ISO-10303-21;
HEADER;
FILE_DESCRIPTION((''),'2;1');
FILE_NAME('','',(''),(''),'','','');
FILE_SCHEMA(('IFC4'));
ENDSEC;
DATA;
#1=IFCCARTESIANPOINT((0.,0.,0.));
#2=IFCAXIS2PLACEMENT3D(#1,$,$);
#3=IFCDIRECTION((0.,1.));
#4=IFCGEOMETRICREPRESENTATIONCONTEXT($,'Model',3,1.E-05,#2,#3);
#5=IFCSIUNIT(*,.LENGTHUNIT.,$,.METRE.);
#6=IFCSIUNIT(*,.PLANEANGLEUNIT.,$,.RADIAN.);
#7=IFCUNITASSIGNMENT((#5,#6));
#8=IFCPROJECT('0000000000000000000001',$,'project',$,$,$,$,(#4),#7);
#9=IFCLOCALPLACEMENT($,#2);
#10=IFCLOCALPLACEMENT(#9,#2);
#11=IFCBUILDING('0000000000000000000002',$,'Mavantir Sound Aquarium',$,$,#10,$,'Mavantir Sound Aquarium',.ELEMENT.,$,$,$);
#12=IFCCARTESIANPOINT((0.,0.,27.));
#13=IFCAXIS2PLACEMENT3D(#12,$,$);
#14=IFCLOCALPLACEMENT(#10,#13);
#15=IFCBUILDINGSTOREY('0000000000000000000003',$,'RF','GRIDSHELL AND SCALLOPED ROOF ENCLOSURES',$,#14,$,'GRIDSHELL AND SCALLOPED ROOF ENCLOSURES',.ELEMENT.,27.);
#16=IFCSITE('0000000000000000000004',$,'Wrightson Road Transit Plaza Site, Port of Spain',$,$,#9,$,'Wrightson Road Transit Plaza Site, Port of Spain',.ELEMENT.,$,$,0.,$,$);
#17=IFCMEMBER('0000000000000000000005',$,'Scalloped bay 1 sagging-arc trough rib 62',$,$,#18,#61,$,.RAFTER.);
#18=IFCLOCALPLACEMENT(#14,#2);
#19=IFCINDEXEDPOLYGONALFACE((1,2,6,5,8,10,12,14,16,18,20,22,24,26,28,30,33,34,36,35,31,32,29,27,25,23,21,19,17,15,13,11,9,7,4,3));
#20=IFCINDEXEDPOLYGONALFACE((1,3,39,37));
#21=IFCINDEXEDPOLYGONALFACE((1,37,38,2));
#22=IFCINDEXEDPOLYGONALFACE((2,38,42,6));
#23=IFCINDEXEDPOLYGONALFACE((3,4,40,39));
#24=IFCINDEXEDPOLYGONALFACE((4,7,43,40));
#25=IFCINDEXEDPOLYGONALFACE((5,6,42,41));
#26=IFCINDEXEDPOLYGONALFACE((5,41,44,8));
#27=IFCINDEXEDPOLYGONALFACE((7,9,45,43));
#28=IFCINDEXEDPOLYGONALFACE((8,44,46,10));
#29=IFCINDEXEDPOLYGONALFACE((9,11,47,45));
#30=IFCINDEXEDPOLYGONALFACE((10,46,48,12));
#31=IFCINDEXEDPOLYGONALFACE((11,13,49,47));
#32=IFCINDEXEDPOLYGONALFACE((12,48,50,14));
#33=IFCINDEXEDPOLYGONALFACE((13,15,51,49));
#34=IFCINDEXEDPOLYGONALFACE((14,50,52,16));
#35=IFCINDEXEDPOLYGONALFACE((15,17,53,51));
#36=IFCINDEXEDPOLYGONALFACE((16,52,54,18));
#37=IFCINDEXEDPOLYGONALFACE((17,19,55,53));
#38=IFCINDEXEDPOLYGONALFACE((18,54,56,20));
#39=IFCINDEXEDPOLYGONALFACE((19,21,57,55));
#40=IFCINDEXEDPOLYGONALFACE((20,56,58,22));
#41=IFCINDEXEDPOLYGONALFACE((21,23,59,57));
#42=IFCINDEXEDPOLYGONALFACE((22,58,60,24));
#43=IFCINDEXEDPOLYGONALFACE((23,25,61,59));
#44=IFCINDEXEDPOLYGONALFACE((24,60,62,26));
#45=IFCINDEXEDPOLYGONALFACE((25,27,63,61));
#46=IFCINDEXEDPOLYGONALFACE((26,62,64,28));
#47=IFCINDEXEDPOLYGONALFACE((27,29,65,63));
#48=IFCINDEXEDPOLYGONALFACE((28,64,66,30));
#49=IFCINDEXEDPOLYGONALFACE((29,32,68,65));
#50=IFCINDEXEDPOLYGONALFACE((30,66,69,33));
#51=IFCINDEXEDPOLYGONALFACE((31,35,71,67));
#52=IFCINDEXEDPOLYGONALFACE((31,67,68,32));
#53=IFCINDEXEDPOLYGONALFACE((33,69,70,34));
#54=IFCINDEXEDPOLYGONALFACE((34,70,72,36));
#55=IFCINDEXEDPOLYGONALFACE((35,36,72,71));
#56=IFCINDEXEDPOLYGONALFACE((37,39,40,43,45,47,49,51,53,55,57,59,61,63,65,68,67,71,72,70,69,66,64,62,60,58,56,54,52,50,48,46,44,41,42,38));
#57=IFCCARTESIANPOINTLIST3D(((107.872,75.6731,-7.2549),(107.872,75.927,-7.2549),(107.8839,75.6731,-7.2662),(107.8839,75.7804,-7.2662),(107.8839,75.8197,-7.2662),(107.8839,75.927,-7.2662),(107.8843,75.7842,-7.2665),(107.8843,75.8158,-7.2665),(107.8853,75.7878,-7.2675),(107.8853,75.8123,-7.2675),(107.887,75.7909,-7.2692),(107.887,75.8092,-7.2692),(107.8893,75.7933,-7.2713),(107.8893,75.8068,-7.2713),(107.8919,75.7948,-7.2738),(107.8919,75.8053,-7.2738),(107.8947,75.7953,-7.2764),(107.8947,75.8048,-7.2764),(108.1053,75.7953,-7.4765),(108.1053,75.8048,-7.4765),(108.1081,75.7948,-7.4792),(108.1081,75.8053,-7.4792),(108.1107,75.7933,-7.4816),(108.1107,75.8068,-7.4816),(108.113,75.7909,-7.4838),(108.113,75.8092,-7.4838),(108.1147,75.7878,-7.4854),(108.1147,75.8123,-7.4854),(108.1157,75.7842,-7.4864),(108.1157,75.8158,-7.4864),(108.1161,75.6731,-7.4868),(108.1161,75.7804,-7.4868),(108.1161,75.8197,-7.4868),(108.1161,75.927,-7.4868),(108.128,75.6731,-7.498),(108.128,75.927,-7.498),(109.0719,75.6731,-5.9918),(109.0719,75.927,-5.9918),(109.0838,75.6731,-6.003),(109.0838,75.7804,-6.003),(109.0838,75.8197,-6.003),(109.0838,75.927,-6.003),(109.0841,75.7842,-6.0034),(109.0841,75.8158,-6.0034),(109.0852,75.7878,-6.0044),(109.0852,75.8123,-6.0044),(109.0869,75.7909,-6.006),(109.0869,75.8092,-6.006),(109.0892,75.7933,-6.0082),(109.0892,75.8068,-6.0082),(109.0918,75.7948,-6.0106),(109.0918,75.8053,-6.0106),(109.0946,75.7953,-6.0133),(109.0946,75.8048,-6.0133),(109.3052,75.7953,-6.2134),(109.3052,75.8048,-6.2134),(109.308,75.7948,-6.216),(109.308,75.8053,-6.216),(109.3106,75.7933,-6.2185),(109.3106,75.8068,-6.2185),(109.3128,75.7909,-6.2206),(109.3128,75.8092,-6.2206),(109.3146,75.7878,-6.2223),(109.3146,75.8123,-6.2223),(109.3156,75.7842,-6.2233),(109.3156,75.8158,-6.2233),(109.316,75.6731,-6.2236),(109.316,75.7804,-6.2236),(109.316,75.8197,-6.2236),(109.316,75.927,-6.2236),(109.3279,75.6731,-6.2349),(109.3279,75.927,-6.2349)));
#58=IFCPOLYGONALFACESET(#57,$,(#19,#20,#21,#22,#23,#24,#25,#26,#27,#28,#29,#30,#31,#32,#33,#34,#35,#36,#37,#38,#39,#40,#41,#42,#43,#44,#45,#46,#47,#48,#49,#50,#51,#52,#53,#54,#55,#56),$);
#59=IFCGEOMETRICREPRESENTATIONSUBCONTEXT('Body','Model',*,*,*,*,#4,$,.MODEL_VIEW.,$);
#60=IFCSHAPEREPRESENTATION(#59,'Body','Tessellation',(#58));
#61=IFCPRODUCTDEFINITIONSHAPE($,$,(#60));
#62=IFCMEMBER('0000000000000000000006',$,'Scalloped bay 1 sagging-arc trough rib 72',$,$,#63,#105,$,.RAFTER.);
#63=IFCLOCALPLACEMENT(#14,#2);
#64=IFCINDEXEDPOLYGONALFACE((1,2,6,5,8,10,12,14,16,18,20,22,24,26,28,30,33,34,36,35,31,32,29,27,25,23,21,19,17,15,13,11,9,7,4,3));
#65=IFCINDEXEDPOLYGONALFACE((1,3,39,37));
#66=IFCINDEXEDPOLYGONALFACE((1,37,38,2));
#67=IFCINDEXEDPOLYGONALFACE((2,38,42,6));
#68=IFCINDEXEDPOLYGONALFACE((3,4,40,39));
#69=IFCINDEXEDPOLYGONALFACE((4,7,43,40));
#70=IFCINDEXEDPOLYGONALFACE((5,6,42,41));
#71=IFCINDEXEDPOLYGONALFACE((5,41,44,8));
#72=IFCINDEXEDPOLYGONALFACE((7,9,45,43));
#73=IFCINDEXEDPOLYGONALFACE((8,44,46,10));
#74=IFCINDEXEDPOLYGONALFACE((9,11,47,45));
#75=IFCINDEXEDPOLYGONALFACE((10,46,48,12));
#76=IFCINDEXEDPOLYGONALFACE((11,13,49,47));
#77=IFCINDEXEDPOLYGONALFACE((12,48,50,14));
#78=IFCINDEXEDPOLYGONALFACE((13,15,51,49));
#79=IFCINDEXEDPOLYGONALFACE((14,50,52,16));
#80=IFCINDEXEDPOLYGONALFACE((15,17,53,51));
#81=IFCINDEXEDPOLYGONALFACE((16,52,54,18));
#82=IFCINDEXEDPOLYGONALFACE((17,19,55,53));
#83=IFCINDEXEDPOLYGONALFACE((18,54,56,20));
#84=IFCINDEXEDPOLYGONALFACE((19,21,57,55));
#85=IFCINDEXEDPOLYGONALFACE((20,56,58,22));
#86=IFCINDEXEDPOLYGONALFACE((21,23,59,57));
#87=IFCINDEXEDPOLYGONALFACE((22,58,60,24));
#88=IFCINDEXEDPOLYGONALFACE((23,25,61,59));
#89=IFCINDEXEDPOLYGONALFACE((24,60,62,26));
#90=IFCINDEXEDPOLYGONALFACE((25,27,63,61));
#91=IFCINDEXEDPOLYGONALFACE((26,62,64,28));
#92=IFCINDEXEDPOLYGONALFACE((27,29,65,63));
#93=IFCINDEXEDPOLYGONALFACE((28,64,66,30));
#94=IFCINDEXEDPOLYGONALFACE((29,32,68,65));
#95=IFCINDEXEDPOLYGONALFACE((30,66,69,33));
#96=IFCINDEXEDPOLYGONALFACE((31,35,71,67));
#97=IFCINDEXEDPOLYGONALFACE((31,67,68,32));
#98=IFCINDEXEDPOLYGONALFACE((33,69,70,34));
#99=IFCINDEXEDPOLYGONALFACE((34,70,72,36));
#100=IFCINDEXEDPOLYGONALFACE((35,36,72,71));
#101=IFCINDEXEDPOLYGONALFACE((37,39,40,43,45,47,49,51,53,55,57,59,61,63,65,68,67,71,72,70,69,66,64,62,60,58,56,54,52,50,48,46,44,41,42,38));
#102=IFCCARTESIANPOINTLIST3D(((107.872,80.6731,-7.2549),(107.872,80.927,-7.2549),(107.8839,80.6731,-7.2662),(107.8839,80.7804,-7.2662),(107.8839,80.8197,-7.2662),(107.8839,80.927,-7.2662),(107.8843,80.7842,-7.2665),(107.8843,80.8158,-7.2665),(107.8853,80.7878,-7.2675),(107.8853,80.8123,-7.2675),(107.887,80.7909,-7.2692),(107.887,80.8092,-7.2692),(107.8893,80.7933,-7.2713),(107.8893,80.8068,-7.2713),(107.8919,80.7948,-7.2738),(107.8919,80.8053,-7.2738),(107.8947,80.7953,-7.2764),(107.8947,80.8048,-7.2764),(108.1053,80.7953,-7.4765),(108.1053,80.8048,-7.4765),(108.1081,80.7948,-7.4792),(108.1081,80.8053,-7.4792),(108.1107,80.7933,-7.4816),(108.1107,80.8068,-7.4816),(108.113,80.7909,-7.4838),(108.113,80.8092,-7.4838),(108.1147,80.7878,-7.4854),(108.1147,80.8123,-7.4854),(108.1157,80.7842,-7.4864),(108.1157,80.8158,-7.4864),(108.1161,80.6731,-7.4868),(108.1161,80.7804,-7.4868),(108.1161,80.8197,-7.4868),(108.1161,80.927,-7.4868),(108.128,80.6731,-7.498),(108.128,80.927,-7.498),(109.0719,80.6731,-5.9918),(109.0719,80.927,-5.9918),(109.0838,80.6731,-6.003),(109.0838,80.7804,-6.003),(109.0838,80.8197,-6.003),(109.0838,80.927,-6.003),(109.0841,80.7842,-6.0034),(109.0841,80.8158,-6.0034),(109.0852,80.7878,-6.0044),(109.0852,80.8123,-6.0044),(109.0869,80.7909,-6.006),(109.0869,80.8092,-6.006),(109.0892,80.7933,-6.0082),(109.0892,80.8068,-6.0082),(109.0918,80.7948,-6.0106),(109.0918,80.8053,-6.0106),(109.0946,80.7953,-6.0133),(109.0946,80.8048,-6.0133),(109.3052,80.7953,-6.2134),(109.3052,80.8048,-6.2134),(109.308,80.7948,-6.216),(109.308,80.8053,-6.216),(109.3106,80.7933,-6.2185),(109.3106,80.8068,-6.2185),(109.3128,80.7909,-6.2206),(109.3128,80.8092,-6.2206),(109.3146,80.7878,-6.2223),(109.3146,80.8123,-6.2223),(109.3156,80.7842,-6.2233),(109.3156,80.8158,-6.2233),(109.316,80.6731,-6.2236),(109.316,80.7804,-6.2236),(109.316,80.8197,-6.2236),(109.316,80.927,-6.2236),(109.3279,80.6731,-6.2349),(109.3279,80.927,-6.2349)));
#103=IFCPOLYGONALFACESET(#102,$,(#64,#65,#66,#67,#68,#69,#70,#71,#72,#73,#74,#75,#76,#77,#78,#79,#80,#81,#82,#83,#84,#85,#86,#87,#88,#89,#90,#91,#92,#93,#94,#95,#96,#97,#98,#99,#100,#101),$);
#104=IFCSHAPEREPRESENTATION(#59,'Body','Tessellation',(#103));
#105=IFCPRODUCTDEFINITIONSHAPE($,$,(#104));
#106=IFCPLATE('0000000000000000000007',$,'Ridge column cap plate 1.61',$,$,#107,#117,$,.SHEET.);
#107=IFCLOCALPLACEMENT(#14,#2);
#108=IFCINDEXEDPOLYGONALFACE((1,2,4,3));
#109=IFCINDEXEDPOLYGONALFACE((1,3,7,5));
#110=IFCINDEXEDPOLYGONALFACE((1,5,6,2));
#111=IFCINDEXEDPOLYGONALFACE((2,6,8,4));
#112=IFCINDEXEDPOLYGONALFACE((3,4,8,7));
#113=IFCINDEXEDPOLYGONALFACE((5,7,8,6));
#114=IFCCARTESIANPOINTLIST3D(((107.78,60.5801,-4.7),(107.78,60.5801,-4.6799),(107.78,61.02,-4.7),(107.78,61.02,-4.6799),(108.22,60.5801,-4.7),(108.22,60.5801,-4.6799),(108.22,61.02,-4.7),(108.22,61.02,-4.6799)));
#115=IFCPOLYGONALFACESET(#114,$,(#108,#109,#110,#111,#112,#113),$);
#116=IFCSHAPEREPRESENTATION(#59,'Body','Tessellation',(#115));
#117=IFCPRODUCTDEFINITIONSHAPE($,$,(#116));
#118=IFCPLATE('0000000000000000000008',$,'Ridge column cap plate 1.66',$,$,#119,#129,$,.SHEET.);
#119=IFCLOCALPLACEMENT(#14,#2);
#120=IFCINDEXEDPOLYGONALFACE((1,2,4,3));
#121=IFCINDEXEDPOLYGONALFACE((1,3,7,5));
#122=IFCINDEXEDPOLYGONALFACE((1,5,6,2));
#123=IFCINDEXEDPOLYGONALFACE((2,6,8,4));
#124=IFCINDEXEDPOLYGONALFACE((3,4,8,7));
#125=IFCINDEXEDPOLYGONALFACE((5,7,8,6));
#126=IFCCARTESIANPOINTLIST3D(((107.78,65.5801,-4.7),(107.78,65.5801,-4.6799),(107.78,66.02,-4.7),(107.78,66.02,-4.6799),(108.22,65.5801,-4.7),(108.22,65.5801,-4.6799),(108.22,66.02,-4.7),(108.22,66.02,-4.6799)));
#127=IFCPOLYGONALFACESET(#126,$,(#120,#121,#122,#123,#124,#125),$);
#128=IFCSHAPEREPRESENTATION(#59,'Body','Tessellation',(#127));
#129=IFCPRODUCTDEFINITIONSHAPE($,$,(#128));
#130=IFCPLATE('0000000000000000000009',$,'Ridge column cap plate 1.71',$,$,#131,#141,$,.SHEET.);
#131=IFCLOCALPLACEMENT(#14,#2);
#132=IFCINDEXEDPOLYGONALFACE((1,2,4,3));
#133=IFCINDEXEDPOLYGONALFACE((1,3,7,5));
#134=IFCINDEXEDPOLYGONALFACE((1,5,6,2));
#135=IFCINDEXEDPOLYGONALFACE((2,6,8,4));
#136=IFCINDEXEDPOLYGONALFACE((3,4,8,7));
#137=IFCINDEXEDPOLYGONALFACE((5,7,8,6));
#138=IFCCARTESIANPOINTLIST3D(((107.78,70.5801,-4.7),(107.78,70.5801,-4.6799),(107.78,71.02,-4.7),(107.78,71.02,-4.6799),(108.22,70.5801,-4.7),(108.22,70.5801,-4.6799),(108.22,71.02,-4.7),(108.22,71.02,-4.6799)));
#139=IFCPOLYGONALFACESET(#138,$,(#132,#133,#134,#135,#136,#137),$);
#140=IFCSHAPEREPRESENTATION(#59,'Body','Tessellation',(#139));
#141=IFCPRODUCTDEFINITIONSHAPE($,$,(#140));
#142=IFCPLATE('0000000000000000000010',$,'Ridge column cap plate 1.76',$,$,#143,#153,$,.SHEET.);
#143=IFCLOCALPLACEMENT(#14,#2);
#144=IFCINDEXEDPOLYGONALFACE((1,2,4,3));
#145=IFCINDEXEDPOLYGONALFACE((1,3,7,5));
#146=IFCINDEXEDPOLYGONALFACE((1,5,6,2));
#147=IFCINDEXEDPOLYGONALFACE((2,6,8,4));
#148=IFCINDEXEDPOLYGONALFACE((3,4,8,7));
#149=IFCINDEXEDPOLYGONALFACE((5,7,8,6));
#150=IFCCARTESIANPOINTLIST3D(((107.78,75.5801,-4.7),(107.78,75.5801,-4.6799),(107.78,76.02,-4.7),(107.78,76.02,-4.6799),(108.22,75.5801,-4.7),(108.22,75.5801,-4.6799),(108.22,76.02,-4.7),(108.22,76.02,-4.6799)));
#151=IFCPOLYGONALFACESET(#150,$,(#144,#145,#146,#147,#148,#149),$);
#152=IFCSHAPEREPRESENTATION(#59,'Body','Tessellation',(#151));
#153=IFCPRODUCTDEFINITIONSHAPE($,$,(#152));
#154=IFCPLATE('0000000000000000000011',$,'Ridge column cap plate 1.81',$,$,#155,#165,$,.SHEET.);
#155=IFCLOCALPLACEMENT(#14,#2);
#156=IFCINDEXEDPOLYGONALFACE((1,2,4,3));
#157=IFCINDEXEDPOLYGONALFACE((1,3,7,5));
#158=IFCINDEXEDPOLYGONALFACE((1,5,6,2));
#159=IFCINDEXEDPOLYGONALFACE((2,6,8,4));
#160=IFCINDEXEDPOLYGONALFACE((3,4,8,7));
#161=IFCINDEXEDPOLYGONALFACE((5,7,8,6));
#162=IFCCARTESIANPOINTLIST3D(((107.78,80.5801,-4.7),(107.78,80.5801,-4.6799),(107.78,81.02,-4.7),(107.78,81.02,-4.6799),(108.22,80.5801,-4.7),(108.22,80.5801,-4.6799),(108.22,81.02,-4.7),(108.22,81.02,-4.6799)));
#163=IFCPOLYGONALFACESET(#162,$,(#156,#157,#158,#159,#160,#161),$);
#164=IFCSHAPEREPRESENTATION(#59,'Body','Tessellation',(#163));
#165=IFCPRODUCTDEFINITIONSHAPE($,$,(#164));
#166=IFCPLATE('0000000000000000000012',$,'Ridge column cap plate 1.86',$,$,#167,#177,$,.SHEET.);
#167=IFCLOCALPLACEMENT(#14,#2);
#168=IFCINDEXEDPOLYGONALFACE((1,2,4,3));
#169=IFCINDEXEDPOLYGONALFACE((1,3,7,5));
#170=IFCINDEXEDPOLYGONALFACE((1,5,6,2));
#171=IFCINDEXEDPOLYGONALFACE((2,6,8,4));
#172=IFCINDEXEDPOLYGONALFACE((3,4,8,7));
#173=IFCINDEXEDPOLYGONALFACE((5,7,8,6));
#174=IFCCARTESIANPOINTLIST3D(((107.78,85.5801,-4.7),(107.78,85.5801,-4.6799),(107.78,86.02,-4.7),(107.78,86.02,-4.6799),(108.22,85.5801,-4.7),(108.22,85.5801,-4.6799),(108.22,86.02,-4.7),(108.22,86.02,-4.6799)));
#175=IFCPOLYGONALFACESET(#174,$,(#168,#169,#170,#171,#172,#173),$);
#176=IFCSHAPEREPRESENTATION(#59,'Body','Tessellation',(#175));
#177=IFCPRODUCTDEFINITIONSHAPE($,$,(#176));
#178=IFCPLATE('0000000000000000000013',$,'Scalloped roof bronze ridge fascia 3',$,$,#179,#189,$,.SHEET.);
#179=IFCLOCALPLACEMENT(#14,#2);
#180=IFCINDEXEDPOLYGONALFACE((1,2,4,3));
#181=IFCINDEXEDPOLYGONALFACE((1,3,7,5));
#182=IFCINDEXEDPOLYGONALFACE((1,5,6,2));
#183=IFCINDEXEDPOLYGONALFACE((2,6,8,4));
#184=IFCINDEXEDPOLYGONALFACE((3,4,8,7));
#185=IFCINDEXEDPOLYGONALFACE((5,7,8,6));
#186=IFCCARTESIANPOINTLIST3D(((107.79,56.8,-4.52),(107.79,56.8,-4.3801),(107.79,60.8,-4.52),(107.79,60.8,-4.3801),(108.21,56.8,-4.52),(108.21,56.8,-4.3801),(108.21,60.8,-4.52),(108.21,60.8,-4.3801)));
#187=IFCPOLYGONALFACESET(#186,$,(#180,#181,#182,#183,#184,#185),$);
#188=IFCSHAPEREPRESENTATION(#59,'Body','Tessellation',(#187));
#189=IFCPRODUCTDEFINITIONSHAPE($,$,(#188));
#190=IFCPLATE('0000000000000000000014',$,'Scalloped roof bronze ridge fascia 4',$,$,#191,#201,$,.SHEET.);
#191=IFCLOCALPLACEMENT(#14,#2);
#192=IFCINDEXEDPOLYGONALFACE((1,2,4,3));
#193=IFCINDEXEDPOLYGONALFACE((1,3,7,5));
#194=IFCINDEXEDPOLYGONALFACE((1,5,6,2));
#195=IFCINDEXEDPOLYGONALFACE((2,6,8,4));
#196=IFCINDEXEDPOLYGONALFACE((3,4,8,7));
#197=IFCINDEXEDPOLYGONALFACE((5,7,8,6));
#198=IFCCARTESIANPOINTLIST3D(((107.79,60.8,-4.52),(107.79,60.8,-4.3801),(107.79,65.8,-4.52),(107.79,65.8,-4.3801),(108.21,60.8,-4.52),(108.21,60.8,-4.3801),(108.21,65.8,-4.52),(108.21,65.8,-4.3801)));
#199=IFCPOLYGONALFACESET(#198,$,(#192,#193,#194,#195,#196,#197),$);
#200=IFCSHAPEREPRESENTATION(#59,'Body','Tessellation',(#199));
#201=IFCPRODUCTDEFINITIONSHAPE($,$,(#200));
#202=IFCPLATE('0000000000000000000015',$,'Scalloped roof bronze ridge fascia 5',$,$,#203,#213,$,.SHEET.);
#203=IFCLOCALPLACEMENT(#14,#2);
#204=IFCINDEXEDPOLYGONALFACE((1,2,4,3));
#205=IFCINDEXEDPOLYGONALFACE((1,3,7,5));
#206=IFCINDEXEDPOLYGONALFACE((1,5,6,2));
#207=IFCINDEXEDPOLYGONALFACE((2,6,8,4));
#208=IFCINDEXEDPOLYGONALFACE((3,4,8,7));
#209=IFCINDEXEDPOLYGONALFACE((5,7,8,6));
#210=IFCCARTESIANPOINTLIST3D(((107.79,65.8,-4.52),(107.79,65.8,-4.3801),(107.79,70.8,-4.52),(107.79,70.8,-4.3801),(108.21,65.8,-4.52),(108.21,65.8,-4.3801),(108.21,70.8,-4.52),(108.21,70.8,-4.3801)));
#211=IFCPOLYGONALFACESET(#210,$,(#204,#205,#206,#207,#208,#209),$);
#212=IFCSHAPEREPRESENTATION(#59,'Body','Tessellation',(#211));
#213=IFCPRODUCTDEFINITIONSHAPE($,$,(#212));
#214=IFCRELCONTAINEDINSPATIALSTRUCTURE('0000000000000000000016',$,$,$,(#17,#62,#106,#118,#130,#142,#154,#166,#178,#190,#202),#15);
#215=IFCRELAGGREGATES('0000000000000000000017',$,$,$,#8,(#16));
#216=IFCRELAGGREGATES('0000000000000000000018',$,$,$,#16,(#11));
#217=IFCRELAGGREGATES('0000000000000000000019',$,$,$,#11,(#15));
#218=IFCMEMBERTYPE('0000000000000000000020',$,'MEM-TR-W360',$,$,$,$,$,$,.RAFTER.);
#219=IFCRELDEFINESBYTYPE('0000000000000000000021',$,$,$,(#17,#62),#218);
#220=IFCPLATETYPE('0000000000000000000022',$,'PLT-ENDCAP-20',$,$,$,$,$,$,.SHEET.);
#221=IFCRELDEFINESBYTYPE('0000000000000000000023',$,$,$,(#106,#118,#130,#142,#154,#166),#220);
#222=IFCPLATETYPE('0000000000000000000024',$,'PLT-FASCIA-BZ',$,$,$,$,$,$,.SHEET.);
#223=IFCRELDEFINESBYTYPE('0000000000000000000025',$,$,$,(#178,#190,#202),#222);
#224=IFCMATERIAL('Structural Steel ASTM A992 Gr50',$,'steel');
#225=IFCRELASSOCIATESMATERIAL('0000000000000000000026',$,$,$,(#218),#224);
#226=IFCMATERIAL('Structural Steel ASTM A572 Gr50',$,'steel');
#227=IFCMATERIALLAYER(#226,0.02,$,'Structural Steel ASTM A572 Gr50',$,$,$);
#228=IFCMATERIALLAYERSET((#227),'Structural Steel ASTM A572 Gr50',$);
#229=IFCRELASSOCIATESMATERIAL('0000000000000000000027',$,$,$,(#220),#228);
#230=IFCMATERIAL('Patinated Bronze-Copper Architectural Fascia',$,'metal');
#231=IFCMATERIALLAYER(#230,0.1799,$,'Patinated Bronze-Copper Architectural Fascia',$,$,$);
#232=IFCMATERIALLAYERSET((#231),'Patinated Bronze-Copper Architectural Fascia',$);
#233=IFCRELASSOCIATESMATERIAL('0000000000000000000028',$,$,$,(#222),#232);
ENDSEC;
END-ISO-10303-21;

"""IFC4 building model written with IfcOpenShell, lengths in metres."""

from ifc_helpers import new_model, si_unit, direction, frame, origin, origin_2d, place, context, subcontext, project, spatial, rectangle, i_section, extrude, material, layer, layer_set, material_profile, profile_set, type_object, element, save


model = new_model("IFC4")

# Units and contexts
model_context = context("Model", 3, precision=1e-05, world=origin(), true_north=direction((0.0, 1.0)))
body_context = subcontext(model_context, "Body", "Model", "MODEL_VIEW")
ifc_project = project(units=[si_unit("LENGTHUNIT", "METRE"), si_unit("PLANEANGLEUNIT", "RADIAN")], contexts=[model_context])

# Site, building, storey
site_placement = place(None, origin())
site = spatial("IfcSite", under=ifc_project, at=site_placement, Name="Wrightson Road Transit Plaza Site, Port of Spain", LongName="Wrightson Road Transit Plaza Site, Port of Spain", CompositionType="ELEMENT", RefElevation=0.0)
building_placement = place(site_placement, origin())
building = spatial("IfcBuilding", under=site, at=building_placement, Name="Mavantir Sound Aquarium", LongName="Mavantir Sound Aquarium", CompositionType="ELEMENT")
storey_placement = place(building_placement, frame((0.0, 0.0, 27.0)))
storey = spatial("IfcBuildingStorey", under=building, at=storey_placement, Name="RF", Description="GRIDSHELL AND SCALLOPED ROOF ENCLOSURES", LongName="GRIDSHELL AND SCALLOPED ROOF ENCLOSURES", CompositionType="ELEMENT", Elevation=27.0)

# Shared definitions
ifc_material_1 = material(Name="Structural Steel ASTM A992 Gr50", Category="steel")

# Members
ifc_material_profile_1 = material_profile(ifc_material_1, i_section(OverallWidth=0.2539, OverallDepth=0.353, WebThickness=0.0095, FlangeThickness=0.0164, FilletRadius=0.0149, at=origin_2d()), Name="W360X91")
ifc_profile_set_1 = profile_set([ifc_material_profile_1], Name="Structural Steel ASTM A992 Gr50")
member_type = type_object("IfcMemberType", Name="MEM-TR-W360", PredefinedType="RAFTER", material=ifc_profile_set_1)
for number, where, z_axis, x_axis, name in (
    (1, (108.0, 75.8, -7.3765), (0.688727, 0.0, 0.72502), (0.0, 1.0, 0.0), "Scalloped bay 1 sagging-arc trough rib 62"),
    (2, (108.0, 80.8, -7.3765), (0.688727, 0.0, 0.72502), (0.0, 1.0, 0.0), "Scalloped bay 1 sagging-arc trough rib 72"),
):
    element("IfcMember", number, at=place(storey_placement, frame(where, z_axis=z_axis, x_axis=x_axis)), inside=storey, type_object=member_type, Name=name, PredefinedType="RAFTER", context=body_context, shape_type="SweptSolid", body=[
        extrude(i_section(OverallWidth=0.2539, OverallDepth=0.353, WebThickness=0.0095, FlangeThickness=0.0164, FilletRadius=0.0149, at=origin_2d()), origin(), (0.0, 0.0, 1.0), 1.7422),
    ])

# Plates
ifc_material_2 = material(Name="Structural Steel ASTM A572 Gr50", Category="steel")
ifc_layer_1 = layer(ifc_material_2, 0.02, Name="Structural Steel ASTM A572 Gr50")
ifc_layer_set_1 = layer_set([ifc_layer_1], Name="Structural Steel ASTM A572 Gr50")
plate_type_1 = type_object("IfcPlateType", Name="PLT-ENDCAP-20", PredefinedType="SHEET", material=ifc_layer_set_1)
for number, where, z_axis, x_axis, name in (
    (3, (108.0, 60.8, -4.7), (0.0, 0.0, 1.0), (1.0, 0.0, 0.0), "Ridge column cap plate 1.61"),
    (4, (108.0, 65.8, -4.7), (0.0, 0.0, 1.0), (1.0, 0.0, 0.0), "Ridge column cap plate 1.66"),
    (5, (108.0, 70.8, -4.7), (0.0, 0.0, 1.0), (1.0, 0.0, 0.0), "Ridge column cap plate 1.71"),
    (6, (108.0, 75.8, -4.7), (0.0, 0.0, 1.0), (1.0, 0.0, 0.0), "Ridge column cap plate 1.76"),
    (7, (108.0, 80.8, -4.7), (0.0, 0.0, 1.0), (1.0, 0.0, 0.0), "Ridge column cap plate 1.81"),
    (8, (108.0, 85.8, -4.7), (0.0, 0.0, 1.0), (1.0, 0.0, 0.0), "Ridge column cap plate 1.86"),
):
    element("IfcPlate", number, at=place(storey_placement, frame(where, z_axis=z_axis, x_axis=x_axis)), inside=storey, type_object=plate_type_1, Name=name, PredefinedType="SHEET", context=body_context, shape_type="SweptSolid", body=[
        extrude(rectangle(XDim=0.4399, YDim=0.4399, at=origin_2d()), origin(), (0.0, 0.0, 1.0), 0.02),
    ])
ifc_material_3 = material(Name="Patinated Bronze-Copper Architectural Fascia", Category="metal")
ifc_layer_2 = layer(ifc_material_3, 0.1799, Name="Patinated Bronze-Copper Architectural Fascia")
ifc_layer_set_2 = layer_set([ifc_layer_2], Name="Patinated Bronze-Copper Architectural Fascia")
plate_type_2 = type_object("IfcPlateType", Name="PLT-FASCIA-BZ", PredefinedType="SHEET", material=ifc_layer_set_2)
plate_placement = place(storey_placement, frame((108.0, 58.8, -4.52), z_axis=(0.0, 0.0, 1.0), x_axis=(1.0, 0.0, 0.0)))
element("IfcPlate", 9, at=plate_placement, inside=storey, type_object=plate_type_2, Name="Scalloped roof bronze ridge fascia 3", PredefinedType="SHEET", context=body_context, shape_type="SweptSolid", body=[
    extrude(rectangle(XDim=0.4199, YDim=4.0, at=origin_2d()), origin(), (0.0, 0.0, 1.0), 0.1399),
])
for number, where, z_axis, x_axis, name in (
    (10, (108.0, 63.3, -4.52), (0.0, 0.0, 1.0), (1.0, 0.0, 0.0), "Scalloped roof bronze ridge fascia 4"),
    (11, (108.0, 68.3, -4.52), (0.0, 0.0, 1.0), (1.0, 0.0, 0.0), "Scalloped roof bronze ridge fascia 5"),
):
    element("IfcPlate", number, at=place(storey_placement, frame(where, z_axis=z_axis, x_axis=x_axis)), inside=storey, type_object=plate_type_2, Name=name, PredefinedType="SHEET", context=body_context, shape_type="SweptSolid", body=[
        extrude(rectangle(XDim=0.4199, YDim=5.0, at=origin_2d()), origin(), (0.0, 0.0, 1.0), 0.1399),
    ])

save(model, "model.ifc")
